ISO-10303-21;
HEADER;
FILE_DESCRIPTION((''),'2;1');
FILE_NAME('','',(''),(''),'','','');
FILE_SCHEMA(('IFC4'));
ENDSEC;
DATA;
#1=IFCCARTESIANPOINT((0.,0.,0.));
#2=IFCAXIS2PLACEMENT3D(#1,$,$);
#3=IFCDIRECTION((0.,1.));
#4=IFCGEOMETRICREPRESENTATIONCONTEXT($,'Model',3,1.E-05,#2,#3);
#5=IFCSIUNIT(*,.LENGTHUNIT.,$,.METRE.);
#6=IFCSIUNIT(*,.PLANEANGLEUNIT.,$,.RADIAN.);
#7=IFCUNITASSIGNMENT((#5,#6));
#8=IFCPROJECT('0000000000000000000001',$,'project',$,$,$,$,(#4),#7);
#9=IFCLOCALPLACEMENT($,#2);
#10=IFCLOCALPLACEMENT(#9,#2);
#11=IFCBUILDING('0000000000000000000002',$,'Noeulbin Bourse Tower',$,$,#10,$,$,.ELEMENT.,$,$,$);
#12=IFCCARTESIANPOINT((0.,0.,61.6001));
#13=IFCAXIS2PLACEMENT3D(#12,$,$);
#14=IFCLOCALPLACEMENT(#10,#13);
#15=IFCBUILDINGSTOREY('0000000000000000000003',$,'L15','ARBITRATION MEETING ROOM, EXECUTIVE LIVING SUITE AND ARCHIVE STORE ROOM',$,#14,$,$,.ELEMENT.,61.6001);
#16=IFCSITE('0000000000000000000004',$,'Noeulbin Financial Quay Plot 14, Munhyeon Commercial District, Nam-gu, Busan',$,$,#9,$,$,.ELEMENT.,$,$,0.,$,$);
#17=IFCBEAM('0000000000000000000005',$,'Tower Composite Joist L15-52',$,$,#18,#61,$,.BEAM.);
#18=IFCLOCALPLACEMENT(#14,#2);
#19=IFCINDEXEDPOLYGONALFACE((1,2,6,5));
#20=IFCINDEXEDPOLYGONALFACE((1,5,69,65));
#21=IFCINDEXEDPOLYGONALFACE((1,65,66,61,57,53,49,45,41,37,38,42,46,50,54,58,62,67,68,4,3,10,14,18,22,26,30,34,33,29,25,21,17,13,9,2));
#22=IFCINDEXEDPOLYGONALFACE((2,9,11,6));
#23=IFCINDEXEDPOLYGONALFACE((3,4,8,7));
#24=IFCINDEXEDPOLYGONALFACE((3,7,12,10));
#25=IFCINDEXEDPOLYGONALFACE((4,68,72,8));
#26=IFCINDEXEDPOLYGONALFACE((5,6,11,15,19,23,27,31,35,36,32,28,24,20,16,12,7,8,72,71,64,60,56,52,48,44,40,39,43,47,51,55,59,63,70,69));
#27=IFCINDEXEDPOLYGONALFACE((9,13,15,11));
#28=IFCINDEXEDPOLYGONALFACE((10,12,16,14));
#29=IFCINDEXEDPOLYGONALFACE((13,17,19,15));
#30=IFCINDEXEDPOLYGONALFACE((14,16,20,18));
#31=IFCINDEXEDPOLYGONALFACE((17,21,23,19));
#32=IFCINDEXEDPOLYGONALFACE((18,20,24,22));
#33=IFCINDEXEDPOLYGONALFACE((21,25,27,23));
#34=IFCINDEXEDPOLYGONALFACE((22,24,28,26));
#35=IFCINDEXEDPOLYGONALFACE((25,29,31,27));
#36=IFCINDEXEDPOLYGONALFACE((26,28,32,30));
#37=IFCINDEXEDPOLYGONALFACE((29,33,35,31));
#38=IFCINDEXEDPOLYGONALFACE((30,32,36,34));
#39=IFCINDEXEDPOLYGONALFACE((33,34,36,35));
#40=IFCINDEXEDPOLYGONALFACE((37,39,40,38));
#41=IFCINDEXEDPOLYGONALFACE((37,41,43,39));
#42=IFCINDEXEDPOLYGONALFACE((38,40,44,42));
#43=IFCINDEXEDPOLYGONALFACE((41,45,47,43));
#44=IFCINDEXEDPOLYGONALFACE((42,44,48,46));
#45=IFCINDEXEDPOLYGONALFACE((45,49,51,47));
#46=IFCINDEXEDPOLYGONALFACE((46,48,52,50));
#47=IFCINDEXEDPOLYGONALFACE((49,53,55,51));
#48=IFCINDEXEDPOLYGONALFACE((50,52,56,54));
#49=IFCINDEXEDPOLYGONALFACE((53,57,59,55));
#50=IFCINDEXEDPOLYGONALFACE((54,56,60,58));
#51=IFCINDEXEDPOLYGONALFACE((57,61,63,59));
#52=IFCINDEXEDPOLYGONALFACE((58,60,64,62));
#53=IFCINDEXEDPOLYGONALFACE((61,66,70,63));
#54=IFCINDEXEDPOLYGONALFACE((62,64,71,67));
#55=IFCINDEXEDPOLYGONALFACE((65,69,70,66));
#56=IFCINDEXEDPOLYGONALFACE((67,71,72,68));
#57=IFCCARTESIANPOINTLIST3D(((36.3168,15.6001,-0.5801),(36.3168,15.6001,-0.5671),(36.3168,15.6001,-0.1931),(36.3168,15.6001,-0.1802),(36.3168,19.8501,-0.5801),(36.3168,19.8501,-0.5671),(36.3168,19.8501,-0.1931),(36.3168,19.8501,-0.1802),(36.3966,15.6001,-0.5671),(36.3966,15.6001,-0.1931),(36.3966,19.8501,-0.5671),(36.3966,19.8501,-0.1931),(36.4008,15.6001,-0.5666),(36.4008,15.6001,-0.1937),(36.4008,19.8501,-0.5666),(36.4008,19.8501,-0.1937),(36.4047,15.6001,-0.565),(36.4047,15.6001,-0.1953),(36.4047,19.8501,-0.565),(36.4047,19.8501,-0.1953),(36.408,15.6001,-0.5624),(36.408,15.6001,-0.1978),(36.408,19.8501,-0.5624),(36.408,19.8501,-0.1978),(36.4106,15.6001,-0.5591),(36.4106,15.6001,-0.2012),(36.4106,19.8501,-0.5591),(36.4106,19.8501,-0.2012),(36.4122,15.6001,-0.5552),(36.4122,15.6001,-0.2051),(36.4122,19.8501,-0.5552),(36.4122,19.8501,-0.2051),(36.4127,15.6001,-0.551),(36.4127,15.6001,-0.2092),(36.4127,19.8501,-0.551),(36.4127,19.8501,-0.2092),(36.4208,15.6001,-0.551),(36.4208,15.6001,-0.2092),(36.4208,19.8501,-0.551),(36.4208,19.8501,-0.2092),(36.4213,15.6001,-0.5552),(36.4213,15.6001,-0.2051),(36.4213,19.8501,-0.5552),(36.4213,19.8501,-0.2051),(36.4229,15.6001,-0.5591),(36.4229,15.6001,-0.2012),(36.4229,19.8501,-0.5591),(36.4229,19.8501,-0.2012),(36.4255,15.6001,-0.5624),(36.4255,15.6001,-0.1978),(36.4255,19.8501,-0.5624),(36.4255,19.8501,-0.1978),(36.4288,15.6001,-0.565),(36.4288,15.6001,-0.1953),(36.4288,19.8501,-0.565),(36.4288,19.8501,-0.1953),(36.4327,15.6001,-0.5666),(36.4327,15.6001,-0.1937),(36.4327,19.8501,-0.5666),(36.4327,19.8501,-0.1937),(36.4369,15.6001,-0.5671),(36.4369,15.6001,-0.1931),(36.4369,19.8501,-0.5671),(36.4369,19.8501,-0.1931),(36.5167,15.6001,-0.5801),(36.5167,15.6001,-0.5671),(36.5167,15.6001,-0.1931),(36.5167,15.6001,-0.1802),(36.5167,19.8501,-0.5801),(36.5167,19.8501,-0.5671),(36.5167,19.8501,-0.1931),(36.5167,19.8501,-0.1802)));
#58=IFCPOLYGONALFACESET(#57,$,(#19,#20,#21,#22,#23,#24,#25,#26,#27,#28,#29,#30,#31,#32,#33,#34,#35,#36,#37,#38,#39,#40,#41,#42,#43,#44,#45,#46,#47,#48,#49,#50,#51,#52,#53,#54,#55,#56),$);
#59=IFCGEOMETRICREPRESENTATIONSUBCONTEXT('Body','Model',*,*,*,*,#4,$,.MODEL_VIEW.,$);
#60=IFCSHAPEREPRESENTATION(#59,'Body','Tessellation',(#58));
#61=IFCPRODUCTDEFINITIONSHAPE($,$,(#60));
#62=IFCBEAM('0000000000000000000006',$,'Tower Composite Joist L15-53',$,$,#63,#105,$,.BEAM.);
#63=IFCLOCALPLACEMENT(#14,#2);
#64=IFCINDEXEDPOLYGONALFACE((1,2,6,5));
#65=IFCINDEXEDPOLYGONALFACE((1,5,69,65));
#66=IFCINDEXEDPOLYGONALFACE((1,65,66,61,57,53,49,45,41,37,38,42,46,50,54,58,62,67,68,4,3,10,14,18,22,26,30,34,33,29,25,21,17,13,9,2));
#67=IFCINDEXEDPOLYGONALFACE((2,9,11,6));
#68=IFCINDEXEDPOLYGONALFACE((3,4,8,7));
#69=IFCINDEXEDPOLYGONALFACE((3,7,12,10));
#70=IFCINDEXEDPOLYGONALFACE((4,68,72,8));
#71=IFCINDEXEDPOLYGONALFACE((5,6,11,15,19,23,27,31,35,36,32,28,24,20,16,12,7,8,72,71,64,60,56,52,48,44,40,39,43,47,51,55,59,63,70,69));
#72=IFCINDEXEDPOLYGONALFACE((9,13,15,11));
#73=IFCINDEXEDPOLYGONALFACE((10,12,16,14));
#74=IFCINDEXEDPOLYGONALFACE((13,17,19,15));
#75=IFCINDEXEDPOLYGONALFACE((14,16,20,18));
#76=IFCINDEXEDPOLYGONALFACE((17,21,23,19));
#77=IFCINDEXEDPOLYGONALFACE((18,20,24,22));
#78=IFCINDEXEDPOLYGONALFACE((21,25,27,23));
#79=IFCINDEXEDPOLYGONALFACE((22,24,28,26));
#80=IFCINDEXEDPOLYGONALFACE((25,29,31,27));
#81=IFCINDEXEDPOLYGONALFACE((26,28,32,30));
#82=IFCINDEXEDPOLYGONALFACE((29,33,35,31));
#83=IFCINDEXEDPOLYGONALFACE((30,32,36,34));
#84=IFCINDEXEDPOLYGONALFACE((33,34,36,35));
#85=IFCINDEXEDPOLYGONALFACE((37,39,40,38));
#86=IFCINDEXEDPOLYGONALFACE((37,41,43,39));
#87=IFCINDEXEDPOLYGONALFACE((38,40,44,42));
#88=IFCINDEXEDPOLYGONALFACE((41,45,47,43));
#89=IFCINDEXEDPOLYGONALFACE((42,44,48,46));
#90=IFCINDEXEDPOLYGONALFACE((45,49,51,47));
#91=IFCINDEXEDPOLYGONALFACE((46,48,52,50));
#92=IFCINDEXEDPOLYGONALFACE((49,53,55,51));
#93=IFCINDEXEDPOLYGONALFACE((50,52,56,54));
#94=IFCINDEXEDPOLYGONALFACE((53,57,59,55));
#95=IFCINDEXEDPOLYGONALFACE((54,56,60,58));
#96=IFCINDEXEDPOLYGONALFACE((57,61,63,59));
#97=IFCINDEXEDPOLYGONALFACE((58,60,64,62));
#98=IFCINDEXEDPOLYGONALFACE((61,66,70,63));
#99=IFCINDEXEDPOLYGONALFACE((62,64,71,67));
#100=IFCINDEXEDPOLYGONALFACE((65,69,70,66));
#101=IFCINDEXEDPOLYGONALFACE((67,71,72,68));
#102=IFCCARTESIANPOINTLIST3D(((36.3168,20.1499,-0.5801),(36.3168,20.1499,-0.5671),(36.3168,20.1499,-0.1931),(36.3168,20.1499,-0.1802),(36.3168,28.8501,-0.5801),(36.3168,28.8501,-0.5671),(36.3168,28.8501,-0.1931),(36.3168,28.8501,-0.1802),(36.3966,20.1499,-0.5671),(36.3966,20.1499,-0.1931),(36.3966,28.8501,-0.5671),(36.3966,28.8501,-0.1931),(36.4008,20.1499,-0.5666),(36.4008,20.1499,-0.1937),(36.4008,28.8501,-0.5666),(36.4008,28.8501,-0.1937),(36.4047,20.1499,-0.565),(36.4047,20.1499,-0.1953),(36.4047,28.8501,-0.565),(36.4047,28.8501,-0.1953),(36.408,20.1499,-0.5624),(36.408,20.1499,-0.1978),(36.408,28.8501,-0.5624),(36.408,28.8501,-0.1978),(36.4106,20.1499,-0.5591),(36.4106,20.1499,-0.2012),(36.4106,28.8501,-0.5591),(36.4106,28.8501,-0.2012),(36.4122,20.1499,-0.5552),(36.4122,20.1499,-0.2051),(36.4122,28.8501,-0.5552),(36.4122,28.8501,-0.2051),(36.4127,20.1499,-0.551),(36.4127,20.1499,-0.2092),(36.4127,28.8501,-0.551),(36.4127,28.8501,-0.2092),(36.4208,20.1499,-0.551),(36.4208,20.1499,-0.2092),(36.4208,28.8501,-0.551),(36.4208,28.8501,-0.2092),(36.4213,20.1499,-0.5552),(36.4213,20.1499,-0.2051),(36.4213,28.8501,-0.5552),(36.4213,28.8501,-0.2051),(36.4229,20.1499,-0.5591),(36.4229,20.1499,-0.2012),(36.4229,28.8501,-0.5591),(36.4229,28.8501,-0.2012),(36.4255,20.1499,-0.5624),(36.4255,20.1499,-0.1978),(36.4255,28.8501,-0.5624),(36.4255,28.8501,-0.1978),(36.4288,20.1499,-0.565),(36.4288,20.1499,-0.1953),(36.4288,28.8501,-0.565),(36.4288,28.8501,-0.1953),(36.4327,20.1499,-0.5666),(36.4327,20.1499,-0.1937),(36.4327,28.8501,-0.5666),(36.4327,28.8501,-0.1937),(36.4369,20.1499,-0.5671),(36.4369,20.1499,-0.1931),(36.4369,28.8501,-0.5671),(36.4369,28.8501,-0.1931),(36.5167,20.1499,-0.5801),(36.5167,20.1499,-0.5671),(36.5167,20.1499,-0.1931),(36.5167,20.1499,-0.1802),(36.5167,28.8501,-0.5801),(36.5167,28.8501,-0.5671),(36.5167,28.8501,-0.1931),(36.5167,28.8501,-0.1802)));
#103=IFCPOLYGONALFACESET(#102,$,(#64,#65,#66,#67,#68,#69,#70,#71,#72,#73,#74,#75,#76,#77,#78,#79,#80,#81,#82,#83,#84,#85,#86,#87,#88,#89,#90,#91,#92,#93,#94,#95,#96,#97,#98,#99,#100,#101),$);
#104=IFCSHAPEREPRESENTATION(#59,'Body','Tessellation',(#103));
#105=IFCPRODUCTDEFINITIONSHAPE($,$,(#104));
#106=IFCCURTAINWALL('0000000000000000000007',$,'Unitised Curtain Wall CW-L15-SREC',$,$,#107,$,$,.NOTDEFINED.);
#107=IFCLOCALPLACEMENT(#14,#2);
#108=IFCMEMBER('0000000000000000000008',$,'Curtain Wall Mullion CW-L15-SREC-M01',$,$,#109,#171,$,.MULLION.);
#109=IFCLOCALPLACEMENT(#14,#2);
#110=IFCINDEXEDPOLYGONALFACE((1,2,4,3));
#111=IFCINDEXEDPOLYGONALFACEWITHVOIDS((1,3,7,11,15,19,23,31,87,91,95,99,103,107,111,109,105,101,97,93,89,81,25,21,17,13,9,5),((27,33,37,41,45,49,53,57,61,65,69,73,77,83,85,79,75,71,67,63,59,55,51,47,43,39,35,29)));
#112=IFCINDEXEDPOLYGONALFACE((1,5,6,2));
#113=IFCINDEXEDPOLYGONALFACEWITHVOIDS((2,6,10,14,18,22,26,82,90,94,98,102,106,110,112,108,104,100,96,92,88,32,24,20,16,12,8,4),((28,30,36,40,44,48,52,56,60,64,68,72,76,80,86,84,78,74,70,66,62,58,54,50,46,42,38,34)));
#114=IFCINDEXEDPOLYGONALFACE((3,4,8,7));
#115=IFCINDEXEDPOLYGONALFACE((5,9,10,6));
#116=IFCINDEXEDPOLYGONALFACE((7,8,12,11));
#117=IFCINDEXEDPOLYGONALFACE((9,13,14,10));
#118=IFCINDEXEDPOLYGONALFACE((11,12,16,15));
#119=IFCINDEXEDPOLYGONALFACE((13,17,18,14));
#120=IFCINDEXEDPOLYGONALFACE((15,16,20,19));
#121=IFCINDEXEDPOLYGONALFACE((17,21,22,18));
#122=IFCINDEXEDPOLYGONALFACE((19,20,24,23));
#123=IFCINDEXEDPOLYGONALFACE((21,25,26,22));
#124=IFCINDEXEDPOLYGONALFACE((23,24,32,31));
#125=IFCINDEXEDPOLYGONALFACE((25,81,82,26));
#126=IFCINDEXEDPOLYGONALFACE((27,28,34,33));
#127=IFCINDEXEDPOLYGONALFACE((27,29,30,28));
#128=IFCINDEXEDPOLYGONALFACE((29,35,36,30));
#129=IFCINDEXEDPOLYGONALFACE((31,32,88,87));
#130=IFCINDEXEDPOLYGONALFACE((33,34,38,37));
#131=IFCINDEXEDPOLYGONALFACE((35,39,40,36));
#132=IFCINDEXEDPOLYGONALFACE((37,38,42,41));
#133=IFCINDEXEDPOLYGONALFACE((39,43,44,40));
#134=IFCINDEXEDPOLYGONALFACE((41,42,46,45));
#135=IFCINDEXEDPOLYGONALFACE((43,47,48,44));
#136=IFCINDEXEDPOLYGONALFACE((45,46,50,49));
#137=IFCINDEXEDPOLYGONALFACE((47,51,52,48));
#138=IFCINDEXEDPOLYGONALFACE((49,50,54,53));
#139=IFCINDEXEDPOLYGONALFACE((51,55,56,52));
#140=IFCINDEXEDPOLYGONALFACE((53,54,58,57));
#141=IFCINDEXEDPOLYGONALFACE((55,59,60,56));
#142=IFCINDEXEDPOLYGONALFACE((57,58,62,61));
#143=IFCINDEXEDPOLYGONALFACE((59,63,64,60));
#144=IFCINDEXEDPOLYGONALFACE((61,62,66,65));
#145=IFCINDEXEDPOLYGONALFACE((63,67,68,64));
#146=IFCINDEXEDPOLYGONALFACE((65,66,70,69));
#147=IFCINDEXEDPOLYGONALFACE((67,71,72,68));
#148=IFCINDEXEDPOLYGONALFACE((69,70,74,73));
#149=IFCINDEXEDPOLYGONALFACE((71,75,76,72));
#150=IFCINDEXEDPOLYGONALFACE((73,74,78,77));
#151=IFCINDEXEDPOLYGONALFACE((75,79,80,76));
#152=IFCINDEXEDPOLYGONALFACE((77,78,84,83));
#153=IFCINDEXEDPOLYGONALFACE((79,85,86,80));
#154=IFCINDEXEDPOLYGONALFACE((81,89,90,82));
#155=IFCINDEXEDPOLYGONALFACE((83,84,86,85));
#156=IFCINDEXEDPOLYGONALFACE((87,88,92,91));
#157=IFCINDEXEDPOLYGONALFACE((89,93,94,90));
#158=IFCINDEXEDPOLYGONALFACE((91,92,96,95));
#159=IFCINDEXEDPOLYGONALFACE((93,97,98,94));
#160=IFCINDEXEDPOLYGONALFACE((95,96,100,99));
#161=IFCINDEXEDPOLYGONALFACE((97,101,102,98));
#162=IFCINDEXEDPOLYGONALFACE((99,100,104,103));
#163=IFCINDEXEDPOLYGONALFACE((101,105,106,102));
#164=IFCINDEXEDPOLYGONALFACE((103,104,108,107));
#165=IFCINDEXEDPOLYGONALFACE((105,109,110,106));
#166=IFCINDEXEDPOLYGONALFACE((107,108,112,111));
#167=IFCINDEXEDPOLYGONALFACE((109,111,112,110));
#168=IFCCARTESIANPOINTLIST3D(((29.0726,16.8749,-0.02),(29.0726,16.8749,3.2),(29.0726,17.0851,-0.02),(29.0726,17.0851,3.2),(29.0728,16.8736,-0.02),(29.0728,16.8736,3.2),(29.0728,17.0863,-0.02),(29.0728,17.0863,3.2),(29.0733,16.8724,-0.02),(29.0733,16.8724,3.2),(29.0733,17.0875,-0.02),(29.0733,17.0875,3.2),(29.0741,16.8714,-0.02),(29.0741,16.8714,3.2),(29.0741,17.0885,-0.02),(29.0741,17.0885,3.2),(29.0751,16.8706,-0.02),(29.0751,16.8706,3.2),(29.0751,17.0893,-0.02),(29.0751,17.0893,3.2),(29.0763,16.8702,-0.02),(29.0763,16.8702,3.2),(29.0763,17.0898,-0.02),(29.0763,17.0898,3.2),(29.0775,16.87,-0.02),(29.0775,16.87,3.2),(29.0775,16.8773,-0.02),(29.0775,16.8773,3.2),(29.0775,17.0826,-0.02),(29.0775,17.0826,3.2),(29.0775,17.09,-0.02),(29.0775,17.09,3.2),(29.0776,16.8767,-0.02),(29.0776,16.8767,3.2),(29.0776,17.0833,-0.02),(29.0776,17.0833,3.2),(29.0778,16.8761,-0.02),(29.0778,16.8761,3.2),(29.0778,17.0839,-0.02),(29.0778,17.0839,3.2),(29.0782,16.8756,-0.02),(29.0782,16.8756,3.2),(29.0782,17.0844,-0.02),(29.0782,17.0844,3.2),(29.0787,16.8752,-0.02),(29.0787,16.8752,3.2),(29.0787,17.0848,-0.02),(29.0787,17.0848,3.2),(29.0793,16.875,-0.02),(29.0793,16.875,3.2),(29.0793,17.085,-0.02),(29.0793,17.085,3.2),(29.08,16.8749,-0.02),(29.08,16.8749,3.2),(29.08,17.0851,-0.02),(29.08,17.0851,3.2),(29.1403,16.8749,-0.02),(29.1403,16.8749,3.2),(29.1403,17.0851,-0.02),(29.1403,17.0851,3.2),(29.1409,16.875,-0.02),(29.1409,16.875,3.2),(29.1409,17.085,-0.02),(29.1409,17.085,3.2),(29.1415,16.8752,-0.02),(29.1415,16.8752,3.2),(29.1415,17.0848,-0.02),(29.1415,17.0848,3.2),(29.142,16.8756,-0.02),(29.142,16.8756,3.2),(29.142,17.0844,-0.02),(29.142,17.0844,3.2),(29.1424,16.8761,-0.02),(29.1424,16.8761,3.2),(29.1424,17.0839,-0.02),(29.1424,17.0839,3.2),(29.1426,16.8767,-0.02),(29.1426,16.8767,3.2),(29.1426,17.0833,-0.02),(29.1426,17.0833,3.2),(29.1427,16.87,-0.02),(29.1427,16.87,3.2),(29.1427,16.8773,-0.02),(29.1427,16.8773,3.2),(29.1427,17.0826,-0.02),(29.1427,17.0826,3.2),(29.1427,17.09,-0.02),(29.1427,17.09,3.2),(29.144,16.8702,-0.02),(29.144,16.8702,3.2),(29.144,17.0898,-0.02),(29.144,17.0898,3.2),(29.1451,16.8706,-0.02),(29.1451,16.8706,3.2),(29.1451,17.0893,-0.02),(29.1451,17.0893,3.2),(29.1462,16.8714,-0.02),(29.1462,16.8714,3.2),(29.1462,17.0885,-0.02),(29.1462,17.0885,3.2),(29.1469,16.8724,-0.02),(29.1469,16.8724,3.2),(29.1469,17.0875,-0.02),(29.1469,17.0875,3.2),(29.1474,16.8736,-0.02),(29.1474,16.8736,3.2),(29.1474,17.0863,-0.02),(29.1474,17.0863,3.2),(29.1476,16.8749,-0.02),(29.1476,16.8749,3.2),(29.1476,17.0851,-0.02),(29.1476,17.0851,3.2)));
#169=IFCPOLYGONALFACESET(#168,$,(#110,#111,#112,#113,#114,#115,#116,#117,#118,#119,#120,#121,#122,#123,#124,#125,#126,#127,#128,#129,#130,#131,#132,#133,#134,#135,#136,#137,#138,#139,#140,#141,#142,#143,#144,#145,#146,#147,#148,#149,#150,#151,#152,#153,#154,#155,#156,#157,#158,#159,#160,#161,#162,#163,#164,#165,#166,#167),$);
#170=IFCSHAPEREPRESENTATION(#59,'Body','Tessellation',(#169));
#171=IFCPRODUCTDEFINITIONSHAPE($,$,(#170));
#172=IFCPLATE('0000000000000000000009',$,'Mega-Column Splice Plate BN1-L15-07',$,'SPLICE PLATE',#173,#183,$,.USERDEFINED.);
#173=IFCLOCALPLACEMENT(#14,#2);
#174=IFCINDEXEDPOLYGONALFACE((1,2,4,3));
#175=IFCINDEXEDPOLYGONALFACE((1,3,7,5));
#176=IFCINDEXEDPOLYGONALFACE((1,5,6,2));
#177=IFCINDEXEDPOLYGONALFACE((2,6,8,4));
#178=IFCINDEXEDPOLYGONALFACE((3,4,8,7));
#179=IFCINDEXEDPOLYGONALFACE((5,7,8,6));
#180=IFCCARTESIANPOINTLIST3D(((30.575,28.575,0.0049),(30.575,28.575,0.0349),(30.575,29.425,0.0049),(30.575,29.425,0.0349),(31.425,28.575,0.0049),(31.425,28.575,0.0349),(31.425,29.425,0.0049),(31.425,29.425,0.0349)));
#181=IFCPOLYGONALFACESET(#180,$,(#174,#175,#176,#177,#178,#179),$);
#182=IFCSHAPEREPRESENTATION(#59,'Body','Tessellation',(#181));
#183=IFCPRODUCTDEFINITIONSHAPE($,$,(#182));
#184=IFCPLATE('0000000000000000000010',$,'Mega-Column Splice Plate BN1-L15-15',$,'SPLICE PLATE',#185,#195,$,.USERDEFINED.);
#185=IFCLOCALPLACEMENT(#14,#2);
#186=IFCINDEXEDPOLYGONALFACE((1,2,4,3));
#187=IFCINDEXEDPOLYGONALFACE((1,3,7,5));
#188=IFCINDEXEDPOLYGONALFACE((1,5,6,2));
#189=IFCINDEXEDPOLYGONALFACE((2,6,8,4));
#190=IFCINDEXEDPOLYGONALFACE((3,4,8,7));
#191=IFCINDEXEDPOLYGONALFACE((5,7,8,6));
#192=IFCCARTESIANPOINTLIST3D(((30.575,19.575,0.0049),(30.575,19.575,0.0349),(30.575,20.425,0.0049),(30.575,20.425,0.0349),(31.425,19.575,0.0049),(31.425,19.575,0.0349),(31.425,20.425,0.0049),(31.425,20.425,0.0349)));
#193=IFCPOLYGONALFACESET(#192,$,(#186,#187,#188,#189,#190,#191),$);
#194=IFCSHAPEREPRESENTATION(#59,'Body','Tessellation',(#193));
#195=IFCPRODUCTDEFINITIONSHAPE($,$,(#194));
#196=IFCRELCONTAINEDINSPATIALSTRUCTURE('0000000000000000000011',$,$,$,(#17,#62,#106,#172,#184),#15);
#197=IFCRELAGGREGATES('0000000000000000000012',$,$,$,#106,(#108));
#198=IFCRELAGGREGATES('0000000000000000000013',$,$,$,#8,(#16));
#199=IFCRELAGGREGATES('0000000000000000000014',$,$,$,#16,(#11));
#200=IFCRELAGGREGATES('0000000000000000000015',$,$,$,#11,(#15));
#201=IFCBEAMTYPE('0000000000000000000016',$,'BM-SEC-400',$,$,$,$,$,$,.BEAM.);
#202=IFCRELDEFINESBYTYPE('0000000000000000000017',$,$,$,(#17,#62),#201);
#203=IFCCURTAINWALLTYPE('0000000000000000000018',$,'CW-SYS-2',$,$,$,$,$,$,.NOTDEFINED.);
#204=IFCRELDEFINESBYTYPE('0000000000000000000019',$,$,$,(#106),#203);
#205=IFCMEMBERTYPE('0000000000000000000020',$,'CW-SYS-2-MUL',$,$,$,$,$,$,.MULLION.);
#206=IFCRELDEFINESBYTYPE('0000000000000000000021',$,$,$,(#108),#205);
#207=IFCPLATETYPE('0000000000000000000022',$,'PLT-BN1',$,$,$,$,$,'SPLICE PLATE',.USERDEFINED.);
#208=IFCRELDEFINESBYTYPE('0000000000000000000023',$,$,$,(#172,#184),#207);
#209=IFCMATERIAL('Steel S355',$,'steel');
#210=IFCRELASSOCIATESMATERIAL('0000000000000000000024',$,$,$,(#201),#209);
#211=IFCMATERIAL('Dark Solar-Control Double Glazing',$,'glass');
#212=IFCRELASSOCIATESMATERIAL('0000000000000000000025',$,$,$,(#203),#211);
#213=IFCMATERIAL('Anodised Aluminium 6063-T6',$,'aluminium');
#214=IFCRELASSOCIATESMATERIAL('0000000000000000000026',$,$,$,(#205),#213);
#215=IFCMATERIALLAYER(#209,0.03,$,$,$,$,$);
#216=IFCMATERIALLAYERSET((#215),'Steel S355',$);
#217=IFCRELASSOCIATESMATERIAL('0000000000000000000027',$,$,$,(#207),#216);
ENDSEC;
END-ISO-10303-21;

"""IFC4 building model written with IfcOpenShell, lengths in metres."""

from ifc_helpers import new_model, si_unit, direction, frame, origin, origin_2d, place, context, subcontext, project, spatial, rectangle, hollow_rectangle, i_section, extrude, material, layer, layer_set, material_profile, profile_set, type_object, element, aggregate, save


model = new_model("IFC4")

# Units and contexts
model_context = context("Model", 3, precision=1e-05, world=origin(), true_north=direction((0.0, 1.0)))
body_context = subcontext(model_context, "Body", "Model", "MODEL_VIEW")
ifc_project = project(units=[si_unit("LENGTHUNIT", "METRE"), si_unit("PLANEANGLEUNIT", "RADIAN")], contexts=[model_context])

# Site, building, storey
site_placement = place(None, origin())
site = spatial("IfcSite", under=ifc_project, at=site_placement, Name="Noeulbin Financial Quay Plot 14, Munhyeon Commercial District, Nam-gu, Busan", CompositionType="ELEMENT", RefElevation=0.0)
building_placement = place(site_placement, origin())
building = spatial("IfcBuilding", under=site, at=building_placement, Name="Noeulbin Bourse Tower", CompositionType="ELEMENT")
storey_placement = place(building_placement, frame((0.0, 0.0, 61.6001)))
storey = spatial("IfcBuildingStorey", under=building, at=storey_placement, Name="L15", Description="ARBITRATION MEETING ROOM, EXECUTIVE LIVING SUITE AND ARCHIVE STORE ROOM", CompositionType="ELEMENT", Elevation=61.6001)

# Beams
ifc_material_1 = material(Name="Steel S355", Category="steel")
ifc_material_profile_1 = material_profile(ifc_material_1, i_section(OverallWidth=0.2, OverallDepth=0.3999, WebThickness=0.0081, FlangeThickness=0.0129, FilletRadius=0.0161, at=origin_2d()), Name="H-400x200x8x13", Category="LoadBearing")
ifc_profile_set_1 = profile_set([ifc_material_profile_1], Name="Steel S355")
beam_type_1 = type_object("IfcBeamType", Name="BM-SEC-400", PredefinedType="BEAM", material=ifc_profile_set_1)
beam_1_placement = place(storey_placement, frame((36.4167, 15.6001, -0.3801), z_axis=(0.0, 1.0, 0.0), x_axis=(-1.0, 0.0, 0.0)))
element("IfcBeam", 1, at=beam_1_placement, inside=storey, type_object=beam_type_1, Name="Tower Composite Joist L15-52", PredefinedType="BEAM", context=body_context, shape_type="SweptSolid", body=[
    extrude(i_section(OverallWidth=0.2, OverallDepth=0.3999, WebThickness=0.0081, FlangeThickness=0.0129, FilletRadius=0.0161, at=origin_2d()), origin(), (0.0, 0.0, 1.0), 4.25),
])
beam_2_placement = place(storey_placement, frame((36.4167, 20.1499, -0.3801), z_axis=(0.0, 1.0, 0.0), x_axis=(-1.0, 0.0, 0.0)))
element("IfcBeam", 2, at=beam_2_placement, inside=storey, type_object=beam_type_1, Name="Tower Composite Joist L15-53", PredefinedType="BEAM", context=body_context, shape_type="SweptSolid", body=[
    extrude(i_section(OverallWidth=0.2, OverallDepth=0.3999, WebThickness=0.0081, FlangeThickness=0.0129, FilletRadius=0.0161, at=origin_2d()), origin(), (0.0, 0.0, 1.0), 8.7002),
])

# Curtain wall, member
ifc_material_2 = material(Name="Dark Solar-Control Double Glazing", Category="glass")
curtain_wall_type = type_object("IfcCurtainWallType", Name="CW-SYS-2", PredefinedType="NOTDEFINED", material=ifc_material_2)
curtain_wall_placement = place(storey_placement, origin())
curtain_wall = element("IfcCurtainWall", 3, at=curtain_wall_placement, inside=storey, type_object=curtain_wall_type, Name="Unitised Curtain Wall CW-L15-SREC", PredefinedType="NOTDEFINED")
ifc_material_3 = material(Name="Anodised Aluminium 6063-T6", Category="aluminium")
ifc_material_profile_2 = material_profile(ifc_material_3, hollow_rectangle(XDim=0.075, YDim=0.22, WallThickness=0.0049, InnerFilletRadius=0.0024, OuterFilletRadius=0.0049, at=origin_2d()), Name="ALU-MULL-75x220x5", Category="LoadBearing")
ifc_profile_set_2 = profile_set([ifc_material_profile_2], Name="Anodised Aluminium 6063-T6")
member_type = type_object("IfcMemberType", Name="CW-SYS-2-MUL", PredefinedType="MULLION", material=ifc_profile_set_2)
member_placement = place(storey_placement, frame((29.1101, 16.98, -0.02), z_axis=(0.0, 0.0, 1.0), x_axis=(1.0, 0.0, 0.0)))
member = element("IfcMember", 4, at=member_placement, type_object=member_type, Name="Curtain Wall Mullion CW-L15-SREC-M01", PredefinedType="MULLION", context=body_context, shape_type="SweptSolid", body=[
    extrude(hollow_rectangle(XDim=0.075, YDim=0.22, WallThickness=0.0049, InnerFilletRadius=0.0024, OuterFilletRadius=0.0049, at=origin_2d()), origin(), (0.0, 0.0, 1.0), 3.22),
])
aggregate(curtain_wall, [member])

# Plates
ifc_layer_1 = layer(ifc_material_1, 0.03)
ifc_layer_set_1 = layer_set([ifc_layer_1], Name="Steel S355")
plate_type = type_object("IfcPlateType", Name="PLT-BN1", ElementType="SPLICE PLATE", PredefinedType="USERDEFINED", material=ifc_layer_set_1)
for number, where, z_axis, x_axis, name in (
    (5, (31.0, 29.0, 0.0049), (0.0, 0.0, 1.0), (1.0, 0.0, 0.0), "Mega-Column Splice Plate BN1-L15-07"),
    (6, (31.0, 20.0, 0.0049), (0.0, 0.0, 1.0), (1.0, 0.0, 0.0), "Mega-Column Splice Plate BN1-L15-15"),
):
    element("IfcPlate", number, at=place(storey_placement, frame(where, z_axis=z_axis, x_axis=x_axis)), inside=storey, type_object=plate_type, Name=name, ObjectType="SPLICE PLATE", PredefinedType="USERDEFINED", context=body_context, shape_type="SweptSolid", body=[
        extrude(rectangle(XDim=0.8501, YDim=0.8501, at=origin_2d()), origin(), (0.0, 0.0, 1.0), 0.03),
    ])

save(model, "model.ifc")
